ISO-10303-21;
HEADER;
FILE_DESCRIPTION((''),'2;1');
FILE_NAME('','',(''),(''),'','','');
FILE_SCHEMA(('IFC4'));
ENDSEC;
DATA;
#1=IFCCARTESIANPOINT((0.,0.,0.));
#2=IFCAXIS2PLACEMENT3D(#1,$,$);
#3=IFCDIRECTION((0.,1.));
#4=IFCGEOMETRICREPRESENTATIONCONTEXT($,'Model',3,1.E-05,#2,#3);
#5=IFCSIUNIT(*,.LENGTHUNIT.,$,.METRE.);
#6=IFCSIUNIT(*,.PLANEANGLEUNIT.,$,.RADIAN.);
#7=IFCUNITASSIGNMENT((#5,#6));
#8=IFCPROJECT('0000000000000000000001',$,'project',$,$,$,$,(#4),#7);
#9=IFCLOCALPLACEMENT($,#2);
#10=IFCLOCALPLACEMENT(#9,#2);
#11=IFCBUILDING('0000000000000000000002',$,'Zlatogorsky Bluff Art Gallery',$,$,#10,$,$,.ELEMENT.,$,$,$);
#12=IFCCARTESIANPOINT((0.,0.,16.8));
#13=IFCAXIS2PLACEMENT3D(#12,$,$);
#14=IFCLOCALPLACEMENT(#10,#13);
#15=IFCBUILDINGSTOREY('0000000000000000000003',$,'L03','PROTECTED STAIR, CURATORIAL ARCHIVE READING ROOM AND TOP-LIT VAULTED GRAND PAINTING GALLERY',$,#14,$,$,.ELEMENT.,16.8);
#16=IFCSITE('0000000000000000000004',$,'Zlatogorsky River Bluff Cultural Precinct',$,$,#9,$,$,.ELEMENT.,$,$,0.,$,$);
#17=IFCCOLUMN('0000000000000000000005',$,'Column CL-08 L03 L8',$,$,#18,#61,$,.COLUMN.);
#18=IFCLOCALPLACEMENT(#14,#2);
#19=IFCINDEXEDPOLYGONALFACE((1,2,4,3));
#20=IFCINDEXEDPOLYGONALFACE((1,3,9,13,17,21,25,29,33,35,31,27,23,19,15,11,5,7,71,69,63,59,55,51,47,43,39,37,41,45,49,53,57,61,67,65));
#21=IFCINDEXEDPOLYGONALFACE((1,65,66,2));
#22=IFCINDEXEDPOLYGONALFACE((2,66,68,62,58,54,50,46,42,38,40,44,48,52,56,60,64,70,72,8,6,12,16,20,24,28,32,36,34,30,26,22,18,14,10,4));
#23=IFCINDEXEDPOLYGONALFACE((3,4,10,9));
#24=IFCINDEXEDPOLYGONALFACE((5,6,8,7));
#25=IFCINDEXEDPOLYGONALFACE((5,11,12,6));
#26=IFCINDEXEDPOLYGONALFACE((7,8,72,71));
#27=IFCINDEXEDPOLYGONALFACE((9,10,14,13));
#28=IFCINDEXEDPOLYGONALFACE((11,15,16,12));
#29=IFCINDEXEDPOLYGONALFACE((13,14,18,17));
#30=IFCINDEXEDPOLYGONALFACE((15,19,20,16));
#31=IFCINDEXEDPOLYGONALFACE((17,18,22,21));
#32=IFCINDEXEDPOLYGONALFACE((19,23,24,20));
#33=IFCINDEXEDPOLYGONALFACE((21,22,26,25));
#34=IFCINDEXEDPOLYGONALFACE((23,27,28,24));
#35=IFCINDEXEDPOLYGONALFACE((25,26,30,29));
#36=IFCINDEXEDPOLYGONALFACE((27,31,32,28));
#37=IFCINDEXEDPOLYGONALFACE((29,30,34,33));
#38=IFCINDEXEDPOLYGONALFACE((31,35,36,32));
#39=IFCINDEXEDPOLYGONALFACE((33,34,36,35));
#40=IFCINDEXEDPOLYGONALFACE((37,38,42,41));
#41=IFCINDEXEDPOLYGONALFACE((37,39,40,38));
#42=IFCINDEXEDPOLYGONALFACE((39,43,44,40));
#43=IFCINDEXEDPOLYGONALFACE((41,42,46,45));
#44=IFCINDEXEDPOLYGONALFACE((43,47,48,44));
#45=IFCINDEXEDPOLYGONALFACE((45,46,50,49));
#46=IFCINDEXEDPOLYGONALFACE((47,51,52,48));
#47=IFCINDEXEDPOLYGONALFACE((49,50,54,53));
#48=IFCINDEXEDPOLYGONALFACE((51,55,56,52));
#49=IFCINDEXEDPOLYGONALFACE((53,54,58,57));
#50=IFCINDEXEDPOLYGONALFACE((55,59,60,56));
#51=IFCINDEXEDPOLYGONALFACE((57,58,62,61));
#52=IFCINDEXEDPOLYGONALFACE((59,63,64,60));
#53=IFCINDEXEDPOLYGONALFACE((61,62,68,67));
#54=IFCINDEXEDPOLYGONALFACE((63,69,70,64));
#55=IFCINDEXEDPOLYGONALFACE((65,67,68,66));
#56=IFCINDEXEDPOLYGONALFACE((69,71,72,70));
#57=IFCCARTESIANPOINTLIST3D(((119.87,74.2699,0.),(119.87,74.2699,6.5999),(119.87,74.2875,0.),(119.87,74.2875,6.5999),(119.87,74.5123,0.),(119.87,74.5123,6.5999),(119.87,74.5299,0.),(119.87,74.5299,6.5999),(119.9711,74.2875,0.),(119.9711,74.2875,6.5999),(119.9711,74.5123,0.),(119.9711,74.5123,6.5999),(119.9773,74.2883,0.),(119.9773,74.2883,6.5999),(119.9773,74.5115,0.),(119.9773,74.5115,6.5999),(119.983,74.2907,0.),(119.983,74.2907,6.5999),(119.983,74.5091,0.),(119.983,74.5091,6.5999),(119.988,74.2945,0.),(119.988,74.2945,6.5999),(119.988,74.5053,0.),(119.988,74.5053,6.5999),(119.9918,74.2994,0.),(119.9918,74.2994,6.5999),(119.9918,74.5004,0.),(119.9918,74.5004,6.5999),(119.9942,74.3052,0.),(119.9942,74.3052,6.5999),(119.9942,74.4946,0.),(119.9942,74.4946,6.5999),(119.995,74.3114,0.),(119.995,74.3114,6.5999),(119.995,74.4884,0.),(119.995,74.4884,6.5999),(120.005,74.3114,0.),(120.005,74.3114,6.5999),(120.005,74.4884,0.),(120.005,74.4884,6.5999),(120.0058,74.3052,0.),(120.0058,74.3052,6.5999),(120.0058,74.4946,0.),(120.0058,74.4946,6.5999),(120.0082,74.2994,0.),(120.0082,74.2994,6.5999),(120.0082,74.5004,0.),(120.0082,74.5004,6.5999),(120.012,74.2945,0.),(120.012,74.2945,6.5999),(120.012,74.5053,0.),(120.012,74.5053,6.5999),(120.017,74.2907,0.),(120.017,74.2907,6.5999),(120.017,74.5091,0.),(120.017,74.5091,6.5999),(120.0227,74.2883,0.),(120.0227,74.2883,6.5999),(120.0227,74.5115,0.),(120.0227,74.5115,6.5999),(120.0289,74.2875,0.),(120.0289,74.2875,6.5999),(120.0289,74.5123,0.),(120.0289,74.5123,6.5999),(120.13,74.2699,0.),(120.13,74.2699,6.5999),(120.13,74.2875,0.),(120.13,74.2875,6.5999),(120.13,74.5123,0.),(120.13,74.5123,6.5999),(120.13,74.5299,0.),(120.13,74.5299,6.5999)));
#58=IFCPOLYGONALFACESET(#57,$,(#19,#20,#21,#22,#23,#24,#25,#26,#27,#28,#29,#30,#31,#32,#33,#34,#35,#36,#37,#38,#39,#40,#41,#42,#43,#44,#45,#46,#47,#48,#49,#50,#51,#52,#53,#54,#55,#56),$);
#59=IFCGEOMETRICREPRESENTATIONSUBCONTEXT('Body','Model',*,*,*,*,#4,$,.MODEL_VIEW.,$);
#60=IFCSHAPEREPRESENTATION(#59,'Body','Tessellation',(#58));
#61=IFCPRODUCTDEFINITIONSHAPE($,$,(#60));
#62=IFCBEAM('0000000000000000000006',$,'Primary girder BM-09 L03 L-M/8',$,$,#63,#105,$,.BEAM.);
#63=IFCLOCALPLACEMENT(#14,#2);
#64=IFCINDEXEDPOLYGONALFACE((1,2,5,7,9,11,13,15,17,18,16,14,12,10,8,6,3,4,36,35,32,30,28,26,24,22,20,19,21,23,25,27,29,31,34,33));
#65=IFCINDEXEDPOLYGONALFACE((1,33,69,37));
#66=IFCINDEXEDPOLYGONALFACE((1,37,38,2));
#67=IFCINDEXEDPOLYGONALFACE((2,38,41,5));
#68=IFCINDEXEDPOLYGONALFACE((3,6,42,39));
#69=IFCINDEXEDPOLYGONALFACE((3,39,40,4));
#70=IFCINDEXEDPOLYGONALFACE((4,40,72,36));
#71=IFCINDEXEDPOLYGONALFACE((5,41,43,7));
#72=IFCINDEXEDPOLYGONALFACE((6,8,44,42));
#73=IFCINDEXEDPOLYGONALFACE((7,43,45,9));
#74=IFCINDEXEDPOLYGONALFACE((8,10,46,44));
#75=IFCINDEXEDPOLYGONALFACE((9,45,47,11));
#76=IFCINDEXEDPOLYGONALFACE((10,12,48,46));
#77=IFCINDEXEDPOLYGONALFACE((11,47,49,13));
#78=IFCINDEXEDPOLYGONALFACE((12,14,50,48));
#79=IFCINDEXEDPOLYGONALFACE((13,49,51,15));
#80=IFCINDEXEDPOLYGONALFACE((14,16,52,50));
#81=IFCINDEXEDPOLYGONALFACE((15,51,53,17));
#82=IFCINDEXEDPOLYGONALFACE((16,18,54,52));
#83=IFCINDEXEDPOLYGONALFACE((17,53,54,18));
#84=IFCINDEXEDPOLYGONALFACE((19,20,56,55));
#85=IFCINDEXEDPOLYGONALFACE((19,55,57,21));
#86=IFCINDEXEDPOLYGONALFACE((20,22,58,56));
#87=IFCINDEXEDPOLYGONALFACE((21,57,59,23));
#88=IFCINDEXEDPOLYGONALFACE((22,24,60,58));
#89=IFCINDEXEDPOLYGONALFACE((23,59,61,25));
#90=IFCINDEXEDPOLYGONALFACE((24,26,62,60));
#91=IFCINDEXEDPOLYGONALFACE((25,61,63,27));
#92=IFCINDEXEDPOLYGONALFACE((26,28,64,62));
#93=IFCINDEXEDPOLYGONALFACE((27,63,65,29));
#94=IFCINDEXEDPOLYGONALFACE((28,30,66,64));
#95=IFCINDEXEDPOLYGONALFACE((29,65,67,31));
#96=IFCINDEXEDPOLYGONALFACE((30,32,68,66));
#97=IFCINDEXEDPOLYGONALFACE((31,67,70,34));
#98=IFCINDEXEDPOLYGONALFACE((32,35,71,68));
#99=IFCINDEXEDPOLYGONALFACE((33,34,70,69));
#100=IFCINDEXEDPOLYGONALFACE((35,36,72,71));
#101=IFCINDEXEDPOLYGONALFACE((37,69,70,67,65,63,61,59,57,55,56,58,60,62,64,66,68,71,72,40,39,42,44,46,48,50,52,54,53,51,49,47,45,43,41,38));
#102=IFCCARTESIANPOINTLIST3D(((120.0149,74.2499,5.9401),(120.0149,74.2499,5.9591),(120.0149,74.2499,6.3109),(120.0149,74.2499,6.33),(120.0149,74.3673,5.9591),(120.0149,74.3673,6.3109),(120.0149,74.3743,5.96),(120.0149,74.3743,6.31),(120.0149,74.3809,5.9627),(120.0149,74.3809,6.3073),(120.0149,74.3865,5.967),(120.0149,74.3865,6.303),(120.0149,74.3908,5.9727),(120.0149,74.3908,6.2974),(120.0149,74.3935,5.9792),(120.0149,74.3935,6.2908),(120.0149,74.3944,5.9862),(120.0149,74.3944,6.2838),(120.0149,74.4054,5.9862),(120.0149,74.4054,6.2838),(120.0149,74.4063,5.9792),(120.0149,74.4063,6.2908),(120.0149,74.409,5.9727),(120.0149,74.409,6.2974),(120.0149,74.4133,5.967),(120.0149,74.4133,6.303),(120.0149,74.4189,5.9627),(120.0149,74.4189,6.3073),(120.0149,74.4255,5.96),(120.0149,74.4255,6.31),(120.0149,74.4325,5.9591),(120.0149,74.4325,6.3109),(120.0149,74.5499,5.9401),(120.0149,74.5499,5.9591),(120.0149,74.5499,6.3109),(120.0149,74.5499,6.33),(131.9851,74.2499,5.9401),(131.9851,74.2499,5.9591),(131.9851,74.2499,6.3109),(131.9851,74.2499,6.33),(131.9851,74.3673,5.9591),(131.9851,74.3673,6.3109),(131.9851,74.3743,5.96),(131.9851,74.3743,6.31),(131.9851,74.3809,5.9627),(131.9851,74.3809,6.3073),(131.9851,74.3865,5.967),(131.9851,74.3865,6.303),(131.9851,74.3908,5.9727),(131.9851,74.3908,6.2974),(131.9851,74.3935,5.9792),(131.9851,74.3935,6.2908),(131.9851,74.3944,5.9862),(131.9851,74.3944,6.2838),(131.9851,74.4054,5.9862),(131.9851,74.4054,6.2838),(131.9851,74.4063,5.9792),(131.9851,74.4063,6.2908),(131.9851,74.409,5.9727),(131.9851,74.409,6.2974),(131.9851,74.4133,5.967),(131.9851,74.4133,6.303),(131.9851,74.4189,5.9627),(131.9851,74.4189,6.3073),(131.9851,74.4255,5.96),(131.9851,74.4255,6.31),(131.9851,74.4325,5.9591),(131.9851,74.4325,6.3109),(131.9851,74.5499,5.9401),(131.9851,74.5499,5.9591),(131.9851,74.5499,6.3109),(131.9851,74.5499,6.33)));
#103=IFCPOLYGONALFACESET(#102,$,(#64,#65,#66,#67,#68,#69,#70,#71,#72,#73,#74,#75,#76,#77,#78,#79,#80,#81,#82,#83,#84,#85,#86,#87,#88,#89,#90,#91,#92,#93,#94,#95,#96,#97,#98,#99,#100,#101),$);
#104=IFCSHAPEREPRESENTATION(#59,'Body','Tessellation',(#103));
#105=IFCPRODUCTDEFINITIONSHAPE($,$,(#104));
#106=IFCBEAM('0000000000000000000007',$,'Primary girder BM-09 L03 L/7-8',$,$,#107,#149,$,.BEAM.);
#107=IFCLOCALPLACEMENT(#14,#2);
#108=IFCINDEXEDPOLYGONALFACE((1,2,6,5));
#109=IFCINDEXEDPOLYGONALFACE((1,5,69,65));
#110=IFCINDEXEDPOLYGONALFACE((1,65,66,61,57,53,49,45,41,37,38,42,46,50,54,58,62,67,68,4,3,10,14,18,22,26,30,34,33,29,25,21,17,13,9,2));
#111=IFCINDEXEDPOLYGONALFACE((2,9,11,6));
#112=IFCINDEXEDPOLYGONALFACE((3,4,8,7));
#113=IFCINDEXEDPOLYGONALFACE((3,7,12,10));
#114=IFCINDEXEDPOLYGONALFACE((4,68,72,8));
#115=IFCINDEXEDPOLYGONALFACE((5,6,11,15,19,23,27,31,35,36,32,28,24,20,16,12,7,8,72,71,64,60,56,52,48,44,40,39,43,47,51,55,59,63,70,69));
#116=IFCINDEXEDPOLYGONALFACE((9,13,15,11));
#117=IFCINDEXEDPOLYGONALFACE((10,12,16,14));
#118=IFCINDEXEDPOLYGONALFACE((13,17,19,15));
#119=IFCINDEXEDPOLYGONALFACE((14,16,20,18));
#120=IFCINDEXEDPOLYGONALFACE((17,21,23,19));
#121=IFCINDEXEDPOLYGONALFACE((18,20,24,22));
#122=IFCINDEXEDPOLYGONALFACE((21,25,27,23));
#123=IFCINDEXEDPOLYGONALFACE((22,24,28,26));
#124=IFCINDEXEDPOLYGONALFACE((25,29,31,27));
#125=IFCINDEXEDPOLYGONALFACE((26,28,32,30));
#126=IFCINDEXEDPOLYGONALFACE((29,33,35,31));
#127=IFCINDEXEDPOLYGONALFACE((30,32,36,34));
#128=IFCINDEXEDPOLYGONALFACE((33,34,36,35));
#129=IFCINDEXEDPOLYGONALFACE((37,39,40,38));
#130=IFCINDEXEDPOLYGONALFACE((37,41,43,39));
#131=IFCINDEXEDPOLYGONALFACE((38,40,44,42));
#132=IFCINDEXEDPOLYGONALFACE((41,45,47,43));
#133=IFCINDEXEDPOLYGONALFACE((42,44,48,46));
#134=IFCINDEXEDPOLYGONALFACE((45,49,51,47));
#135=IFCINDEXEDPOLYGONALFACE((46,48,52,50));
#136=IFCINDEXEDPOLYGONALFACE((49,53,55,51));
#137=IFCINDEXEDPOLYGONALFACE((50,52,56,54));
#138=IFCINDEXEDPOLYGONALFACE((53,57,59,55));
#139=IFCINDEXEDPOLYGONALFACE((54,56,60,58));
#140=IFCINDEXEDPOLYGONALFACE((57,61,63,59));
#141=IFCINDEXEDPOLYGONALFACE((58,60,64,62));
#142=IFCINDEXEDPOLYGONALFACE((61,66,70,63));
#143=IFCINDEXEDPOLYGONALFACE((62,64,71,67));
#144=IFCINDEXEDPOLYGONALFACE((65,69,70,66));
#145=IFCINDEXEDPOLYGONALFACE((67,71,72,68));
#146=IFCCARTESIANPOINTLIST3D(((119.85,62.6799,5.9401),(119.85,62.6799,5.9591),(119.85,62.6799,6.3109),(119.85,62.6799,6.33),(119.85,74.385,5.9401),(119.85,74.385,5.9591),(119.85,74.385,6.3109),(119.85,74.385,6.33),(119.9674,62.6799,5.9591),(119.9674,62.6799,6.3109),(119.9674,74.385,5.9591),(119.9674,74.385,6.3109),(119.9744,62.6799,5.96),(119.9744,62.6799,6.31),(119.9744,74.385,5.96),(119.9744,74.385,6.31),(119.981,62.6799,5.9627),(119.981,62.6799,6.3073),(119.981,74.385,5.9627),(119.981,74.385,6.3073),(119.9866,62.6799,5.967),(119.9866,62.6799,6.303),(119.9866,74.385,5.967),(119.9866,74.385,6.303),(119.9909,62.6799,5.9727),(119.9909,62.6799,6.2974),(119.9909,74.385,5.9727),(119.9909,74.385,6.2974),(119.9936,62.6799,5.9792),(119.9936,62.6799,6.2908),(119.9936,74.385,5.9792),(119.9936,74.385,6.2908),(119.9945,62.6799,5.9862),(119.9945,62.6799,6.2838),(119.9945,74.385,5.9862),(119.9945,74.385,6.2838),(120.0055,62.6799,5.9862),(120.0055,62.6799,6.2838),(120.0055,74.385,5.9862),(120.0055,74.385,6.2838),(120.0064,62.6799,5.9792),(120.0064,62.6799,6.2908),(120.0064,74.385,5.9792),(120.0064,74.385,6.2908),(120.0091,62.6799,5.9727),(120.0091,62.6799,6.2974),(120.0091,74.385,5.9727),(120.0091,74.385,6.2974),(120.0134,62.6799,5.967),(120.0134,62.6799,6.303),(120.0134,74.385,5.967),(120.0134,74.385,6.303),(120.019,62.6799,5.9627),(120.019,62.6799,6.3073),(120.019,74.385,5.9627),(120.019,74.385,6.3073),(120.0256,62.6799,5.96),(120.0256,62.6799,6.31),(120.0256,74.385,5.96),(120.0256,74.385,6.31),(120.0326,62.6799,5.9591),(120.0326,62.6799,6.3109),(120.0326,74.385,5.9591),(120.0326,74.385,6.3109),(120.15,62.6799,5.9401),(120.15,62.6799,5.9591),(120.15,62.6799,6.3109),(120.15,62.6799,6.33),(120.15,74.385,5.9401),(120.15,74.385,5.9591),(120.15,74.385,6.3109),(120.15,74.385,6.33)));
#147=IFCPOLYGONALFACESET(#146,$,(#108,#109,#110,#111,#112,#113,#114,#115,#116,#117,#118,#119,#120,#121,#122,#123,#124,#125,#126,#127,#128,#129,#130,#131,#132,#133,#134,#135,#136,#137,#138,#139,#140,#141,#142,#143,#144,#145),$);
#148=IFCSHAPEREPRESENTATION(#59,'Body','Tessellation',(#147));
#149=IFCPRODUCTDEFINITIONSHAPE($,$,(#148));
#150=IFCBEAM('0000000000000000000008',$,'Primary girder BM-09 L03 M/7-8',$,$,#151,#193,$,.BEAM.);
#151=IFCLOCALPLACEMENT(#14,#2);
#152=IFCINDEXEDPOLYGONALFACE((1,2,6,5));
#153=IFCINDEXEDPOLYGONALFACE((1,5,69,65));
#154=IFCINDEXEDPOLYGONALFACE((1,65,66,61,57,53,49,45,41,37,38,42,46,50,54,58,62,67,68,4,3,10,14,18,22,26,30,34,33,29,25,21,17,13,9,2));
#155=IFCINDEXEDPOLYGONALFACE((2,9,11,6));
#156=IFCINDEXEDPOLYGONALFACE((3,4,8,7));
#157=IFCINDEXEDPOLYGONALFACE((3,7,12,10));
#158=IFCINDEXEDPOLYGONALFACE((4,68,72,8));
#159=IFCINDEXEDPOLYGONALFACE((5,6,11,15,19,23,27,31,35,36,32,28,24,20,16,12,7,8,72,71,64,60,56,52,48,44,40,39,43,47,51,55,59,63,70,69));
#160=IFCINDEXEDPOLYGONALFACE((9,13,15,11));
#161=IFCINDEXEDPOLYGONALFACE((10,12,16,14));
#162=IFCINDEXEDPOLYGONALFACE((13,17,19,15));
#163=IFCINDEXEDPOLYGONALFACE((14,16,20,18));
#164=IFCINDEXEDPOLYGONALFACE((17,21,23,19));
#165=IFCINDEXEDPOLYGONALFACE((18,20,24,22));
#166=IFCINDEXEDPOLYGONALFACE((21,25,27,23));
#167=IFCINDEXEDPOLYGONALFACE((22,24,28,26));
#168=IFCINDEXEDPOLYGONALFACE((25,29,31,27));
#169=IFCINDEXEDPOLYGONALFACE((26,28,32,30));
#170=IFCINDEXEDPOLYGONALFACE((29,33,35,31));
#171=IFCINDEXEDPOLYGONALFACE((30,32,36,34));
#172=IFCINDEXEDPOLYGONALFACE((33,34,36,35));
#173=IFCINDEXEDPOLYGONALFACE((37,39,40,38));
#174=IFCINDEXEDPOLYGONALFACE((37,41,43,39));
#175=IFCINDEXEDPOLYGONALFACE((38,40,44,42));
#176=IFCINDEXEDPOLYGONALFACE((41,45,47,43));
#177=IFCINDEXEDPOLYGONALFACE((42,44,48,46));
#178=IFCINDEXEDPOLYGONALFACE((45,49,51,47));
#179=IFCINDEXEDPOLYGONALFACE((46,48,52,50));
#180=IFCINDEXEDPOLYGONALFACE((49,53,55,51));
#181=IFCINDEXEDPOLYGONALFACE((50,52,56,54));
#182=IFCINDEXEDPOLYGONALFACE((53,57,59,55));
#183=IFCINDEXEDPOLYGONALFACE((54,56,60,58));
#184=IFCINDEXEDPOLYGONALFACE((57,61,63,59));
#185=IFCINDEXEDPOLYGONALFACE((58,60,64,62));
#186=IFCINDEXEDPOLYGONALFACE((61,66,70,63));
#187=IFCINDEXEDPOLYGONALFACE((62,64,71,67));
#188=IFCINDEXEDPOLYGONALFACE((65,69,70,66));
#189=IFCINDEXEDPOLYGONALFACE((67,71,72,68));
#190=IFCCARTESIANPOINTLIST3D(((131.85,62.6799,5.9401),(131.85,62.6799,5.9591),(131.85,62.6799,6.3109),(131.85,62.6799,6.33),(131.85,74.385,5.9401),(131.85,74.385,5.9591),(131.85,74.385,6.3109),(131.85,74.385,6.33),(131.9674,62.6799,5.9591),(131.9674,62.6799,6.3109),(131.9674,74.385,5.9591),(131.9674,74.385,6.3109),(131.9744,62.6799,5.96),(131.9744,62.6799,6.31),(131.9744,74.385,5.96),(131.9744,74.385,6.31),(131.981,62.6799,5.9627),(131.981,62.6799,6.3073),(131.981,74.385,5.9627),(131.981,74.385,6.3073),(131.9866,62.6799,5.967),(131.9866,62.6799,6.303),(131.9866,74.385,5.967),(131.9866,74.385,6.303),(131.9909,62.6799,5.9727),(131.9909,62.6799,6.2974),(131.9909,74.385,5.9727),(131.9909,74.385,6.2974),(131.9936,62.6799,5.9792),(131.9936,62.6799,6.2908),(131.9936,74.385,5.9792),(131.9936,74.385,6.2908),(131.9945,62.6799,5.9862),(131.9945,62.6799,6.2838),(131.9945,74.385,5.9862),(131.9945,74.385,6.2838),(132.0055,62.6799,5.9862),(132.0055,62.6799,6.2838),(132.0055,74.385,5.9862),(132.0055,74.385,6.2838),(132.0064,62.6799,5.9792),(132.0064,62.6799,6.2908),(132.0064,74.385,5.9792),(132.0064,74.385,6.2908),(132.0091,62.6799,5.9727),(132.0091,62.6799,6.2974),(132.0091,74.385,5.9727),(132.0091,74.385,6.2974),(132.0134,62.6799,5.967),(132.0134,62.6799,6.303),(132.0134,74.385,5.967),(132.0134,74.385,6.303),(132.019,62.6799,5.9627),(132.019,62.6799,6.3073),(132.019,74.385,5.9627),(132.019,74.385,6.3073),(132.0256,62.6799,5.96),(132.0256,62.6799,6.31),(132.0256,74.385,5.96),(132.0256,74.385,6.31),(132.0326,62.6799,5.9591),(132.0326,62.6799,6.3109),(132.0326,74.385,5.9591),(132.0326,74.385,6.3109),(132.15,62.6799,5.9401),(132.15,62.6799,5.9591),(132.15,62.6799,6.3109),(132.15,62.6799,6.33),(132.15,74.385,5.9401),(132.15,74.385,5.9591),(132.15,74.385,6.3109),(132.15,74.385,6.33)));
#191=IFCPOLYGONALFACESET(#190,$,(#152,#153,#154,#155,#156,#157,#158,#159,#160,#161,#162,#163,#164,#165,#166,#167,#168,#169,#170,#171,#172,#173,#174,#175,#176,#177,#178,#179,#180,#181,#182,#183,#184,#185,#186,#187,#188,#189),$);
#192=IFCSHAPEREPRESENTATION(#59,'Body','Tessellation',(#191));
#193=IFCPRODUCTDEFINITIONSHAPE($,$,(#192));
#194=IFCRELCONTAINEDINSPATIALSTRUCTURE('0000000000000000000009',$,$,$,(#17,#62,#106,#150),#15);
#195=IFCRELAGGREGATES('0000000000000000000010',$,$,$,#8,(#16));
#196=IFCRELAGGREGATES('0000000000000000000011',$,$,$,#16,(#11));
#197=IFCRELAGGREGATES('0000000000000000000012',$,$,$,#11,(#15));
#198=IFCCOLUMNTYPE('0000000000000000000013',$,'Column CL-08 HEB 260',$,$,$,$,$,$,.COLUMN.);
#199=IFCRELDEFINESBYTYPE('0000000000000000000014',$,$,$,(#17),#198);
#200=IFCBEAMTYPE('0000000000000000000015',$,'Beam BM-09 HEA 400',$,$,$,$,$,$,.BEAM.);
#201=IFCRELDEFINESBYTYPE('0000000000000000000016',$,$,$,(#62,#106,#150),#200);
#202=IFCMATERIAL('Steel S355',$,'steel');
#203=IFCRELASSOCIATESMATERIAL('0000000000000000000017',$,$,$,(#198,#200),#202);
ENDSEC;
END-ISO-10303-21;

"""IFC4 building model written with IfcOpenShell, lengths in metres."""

from ifc_helpers import new_model, si_unit, direction, frame, origin, origin_2d, place, context, subcontext, project, spatial, i_section, extrude, material, material_profile, profile_set, type_object, element, save


model = new_model("IFC4")

# Units and contexts
model_context = context("Model", 3, precision=1e-05, world=origin(), true_north=direction((0.0, 1.0)))
body_context = subcontext(model_context, "Body", "Model", "MODEL_VIEW")
ifc_project = project(units=[si_unit("LENGTHUNIT", "METRE"), si_unit("PLANEANGLEUNIT", "RADIAN")], contexts=[model_context])

# Site, building, storey
site_placement = place(None, origin())
site = spatial("IfcSite", under=ifc_project, at=site_placement, Name="Zlatogorsky River Bluff Cultural Precinct", CompositionType="ELEMENT", RefElevation=0.0)
building_placement = place(site_placement, origin())
building = spatial("IfcBuilding", under=site, at=building_placement, Name="Zlatogorsky Bluff Art Gallery", CompositionType="ELEMENT")
storey_placement = place(building_placement, frame((0.0, 0.0, 16.8)))
storey = spatial("IfcBuildingStorey", under=building, at=storey_placement, Name="L03", Description="PROTECTED STAIR, CURATORIAL ARCHIVE READING ROOM AND TOP-LIT VAULTED GRAND PAINTING GALLERY", CompositionType="ELEMENT", Elevation=16.8)

# Column
ifc_material_1 = material(Name="Steel S355", Category="steel")
ifc_material_profile_1 = material_profile(ifc_material_1, i_section(OverallWidth=0.26, OverallDepth=0.26, WebThickness=0.01, FlangeThickness=0.0176, FilletRadius=0.0239, at=origin_2d()), Name="HEB 260")
ifc_profile_set_1 = profile_set([ifc_material_profile_1], Name="Steel S355")
column_type = type_object("IfcColumnType", Name="Column CL-08 HEB 260", PredefinedType="COLUMN", material=ifc_profile_set_1)
column_placement = place(storey_placement, frame((120.0, 74.3999, 0.0), z_axis=(0.0, 0.0, 1.0), x_axis=(1.0, 0.0, 0.0)))
element("IfcColumn", 1, at=column_placement, inside=storey, type_object=column_type, Name="Column CL-08 L03 L8", PredefinedType="COLUMN", context=body_context, shape_type="SweptSolid", body=[
    extrude(i_section(OverallWidth=0.26, OverallDepth=0.26, WebThickness=0.01, FlangeThickness=0.0176, FilletRadius=0.0239, at=origin_2d()), origin(), (0.0, 0.0, 1.0), 6.5999),
])

# Beams
ifc_material_profile_2 = material_profile(ifc_material_1, i_section(OverallWidth=0.3, OverallDepth=0.3899, WebThickness=0.011, FlangeThickness=0.019, FilletRadius=0.0271, at=origin_2d()), Name="HEA 400")
ifc_profile_set_2 = profile_set([ifc_material_profile_2], Name="Steel S355")
beam_type_1 = type_object("IfcBeamType", Name="Beam BM-09 HEA 400", PredefinedType="BEAM", material=ifc_profile_set_2)
beam_1_placement = place(storey_placement, frame((120.0149, 74.3999, 6.135), z_axis=(1.0, 0.0, 0.0), x_axis=(0.0, 1.0, 0.0)))
element("IfcBeam", 2, at=beam_1_placement, inside=storey, type_object=beam_type_1, Name="Primary girder BM-09 L03 L-M/8", PredefinedType="BEAM", context=body_context, shape_type="SweptSolid", body=[
    extrude(i_section(OverallWidth=0.3, OverallDepth=0.3899, WebThickness=0.011, FlangeThickness=0.019, FilletRadius=0.0271, at=origin_2d()), origin(), (0.0, 0.0, 1.0), 11.9702),
])
for number, where, z_axis, x_axis, name in (
    (3, (120.0, 62.6799, 6.135), (0.0, 1.0, 0.0), (-1.0, 0.0, 0.0), "Primary girder BM-09 L03 L/7-8"),
    (4, (132.0, 62.6799, 6.135), (0.0, 1.0, 0.0), (-1.0, 0.0, 0.0), "Primary girder BM-09 L03 M/7-8"),
):
    element("IfcBeam", number, at=place(storey_placement, frame(where, z_axis=z_axis, x_axis=x_axis)), inside=storey, type_object=beam_type_1, Name=name, PredefinedType="BEAM", context=body_context, shape_type="SweptSolid", body=[
        extrude(i_section(OverallWidth=0.3, OverallDepth=0.3899, WebThickness=0.011, FlangeThickness=0.019, FilletRadius=0.0271, at=origin_2d()), origin(), (0.0, 0.0, 1.0), 11.7051),
    ])

save(model, "model.ifc")
